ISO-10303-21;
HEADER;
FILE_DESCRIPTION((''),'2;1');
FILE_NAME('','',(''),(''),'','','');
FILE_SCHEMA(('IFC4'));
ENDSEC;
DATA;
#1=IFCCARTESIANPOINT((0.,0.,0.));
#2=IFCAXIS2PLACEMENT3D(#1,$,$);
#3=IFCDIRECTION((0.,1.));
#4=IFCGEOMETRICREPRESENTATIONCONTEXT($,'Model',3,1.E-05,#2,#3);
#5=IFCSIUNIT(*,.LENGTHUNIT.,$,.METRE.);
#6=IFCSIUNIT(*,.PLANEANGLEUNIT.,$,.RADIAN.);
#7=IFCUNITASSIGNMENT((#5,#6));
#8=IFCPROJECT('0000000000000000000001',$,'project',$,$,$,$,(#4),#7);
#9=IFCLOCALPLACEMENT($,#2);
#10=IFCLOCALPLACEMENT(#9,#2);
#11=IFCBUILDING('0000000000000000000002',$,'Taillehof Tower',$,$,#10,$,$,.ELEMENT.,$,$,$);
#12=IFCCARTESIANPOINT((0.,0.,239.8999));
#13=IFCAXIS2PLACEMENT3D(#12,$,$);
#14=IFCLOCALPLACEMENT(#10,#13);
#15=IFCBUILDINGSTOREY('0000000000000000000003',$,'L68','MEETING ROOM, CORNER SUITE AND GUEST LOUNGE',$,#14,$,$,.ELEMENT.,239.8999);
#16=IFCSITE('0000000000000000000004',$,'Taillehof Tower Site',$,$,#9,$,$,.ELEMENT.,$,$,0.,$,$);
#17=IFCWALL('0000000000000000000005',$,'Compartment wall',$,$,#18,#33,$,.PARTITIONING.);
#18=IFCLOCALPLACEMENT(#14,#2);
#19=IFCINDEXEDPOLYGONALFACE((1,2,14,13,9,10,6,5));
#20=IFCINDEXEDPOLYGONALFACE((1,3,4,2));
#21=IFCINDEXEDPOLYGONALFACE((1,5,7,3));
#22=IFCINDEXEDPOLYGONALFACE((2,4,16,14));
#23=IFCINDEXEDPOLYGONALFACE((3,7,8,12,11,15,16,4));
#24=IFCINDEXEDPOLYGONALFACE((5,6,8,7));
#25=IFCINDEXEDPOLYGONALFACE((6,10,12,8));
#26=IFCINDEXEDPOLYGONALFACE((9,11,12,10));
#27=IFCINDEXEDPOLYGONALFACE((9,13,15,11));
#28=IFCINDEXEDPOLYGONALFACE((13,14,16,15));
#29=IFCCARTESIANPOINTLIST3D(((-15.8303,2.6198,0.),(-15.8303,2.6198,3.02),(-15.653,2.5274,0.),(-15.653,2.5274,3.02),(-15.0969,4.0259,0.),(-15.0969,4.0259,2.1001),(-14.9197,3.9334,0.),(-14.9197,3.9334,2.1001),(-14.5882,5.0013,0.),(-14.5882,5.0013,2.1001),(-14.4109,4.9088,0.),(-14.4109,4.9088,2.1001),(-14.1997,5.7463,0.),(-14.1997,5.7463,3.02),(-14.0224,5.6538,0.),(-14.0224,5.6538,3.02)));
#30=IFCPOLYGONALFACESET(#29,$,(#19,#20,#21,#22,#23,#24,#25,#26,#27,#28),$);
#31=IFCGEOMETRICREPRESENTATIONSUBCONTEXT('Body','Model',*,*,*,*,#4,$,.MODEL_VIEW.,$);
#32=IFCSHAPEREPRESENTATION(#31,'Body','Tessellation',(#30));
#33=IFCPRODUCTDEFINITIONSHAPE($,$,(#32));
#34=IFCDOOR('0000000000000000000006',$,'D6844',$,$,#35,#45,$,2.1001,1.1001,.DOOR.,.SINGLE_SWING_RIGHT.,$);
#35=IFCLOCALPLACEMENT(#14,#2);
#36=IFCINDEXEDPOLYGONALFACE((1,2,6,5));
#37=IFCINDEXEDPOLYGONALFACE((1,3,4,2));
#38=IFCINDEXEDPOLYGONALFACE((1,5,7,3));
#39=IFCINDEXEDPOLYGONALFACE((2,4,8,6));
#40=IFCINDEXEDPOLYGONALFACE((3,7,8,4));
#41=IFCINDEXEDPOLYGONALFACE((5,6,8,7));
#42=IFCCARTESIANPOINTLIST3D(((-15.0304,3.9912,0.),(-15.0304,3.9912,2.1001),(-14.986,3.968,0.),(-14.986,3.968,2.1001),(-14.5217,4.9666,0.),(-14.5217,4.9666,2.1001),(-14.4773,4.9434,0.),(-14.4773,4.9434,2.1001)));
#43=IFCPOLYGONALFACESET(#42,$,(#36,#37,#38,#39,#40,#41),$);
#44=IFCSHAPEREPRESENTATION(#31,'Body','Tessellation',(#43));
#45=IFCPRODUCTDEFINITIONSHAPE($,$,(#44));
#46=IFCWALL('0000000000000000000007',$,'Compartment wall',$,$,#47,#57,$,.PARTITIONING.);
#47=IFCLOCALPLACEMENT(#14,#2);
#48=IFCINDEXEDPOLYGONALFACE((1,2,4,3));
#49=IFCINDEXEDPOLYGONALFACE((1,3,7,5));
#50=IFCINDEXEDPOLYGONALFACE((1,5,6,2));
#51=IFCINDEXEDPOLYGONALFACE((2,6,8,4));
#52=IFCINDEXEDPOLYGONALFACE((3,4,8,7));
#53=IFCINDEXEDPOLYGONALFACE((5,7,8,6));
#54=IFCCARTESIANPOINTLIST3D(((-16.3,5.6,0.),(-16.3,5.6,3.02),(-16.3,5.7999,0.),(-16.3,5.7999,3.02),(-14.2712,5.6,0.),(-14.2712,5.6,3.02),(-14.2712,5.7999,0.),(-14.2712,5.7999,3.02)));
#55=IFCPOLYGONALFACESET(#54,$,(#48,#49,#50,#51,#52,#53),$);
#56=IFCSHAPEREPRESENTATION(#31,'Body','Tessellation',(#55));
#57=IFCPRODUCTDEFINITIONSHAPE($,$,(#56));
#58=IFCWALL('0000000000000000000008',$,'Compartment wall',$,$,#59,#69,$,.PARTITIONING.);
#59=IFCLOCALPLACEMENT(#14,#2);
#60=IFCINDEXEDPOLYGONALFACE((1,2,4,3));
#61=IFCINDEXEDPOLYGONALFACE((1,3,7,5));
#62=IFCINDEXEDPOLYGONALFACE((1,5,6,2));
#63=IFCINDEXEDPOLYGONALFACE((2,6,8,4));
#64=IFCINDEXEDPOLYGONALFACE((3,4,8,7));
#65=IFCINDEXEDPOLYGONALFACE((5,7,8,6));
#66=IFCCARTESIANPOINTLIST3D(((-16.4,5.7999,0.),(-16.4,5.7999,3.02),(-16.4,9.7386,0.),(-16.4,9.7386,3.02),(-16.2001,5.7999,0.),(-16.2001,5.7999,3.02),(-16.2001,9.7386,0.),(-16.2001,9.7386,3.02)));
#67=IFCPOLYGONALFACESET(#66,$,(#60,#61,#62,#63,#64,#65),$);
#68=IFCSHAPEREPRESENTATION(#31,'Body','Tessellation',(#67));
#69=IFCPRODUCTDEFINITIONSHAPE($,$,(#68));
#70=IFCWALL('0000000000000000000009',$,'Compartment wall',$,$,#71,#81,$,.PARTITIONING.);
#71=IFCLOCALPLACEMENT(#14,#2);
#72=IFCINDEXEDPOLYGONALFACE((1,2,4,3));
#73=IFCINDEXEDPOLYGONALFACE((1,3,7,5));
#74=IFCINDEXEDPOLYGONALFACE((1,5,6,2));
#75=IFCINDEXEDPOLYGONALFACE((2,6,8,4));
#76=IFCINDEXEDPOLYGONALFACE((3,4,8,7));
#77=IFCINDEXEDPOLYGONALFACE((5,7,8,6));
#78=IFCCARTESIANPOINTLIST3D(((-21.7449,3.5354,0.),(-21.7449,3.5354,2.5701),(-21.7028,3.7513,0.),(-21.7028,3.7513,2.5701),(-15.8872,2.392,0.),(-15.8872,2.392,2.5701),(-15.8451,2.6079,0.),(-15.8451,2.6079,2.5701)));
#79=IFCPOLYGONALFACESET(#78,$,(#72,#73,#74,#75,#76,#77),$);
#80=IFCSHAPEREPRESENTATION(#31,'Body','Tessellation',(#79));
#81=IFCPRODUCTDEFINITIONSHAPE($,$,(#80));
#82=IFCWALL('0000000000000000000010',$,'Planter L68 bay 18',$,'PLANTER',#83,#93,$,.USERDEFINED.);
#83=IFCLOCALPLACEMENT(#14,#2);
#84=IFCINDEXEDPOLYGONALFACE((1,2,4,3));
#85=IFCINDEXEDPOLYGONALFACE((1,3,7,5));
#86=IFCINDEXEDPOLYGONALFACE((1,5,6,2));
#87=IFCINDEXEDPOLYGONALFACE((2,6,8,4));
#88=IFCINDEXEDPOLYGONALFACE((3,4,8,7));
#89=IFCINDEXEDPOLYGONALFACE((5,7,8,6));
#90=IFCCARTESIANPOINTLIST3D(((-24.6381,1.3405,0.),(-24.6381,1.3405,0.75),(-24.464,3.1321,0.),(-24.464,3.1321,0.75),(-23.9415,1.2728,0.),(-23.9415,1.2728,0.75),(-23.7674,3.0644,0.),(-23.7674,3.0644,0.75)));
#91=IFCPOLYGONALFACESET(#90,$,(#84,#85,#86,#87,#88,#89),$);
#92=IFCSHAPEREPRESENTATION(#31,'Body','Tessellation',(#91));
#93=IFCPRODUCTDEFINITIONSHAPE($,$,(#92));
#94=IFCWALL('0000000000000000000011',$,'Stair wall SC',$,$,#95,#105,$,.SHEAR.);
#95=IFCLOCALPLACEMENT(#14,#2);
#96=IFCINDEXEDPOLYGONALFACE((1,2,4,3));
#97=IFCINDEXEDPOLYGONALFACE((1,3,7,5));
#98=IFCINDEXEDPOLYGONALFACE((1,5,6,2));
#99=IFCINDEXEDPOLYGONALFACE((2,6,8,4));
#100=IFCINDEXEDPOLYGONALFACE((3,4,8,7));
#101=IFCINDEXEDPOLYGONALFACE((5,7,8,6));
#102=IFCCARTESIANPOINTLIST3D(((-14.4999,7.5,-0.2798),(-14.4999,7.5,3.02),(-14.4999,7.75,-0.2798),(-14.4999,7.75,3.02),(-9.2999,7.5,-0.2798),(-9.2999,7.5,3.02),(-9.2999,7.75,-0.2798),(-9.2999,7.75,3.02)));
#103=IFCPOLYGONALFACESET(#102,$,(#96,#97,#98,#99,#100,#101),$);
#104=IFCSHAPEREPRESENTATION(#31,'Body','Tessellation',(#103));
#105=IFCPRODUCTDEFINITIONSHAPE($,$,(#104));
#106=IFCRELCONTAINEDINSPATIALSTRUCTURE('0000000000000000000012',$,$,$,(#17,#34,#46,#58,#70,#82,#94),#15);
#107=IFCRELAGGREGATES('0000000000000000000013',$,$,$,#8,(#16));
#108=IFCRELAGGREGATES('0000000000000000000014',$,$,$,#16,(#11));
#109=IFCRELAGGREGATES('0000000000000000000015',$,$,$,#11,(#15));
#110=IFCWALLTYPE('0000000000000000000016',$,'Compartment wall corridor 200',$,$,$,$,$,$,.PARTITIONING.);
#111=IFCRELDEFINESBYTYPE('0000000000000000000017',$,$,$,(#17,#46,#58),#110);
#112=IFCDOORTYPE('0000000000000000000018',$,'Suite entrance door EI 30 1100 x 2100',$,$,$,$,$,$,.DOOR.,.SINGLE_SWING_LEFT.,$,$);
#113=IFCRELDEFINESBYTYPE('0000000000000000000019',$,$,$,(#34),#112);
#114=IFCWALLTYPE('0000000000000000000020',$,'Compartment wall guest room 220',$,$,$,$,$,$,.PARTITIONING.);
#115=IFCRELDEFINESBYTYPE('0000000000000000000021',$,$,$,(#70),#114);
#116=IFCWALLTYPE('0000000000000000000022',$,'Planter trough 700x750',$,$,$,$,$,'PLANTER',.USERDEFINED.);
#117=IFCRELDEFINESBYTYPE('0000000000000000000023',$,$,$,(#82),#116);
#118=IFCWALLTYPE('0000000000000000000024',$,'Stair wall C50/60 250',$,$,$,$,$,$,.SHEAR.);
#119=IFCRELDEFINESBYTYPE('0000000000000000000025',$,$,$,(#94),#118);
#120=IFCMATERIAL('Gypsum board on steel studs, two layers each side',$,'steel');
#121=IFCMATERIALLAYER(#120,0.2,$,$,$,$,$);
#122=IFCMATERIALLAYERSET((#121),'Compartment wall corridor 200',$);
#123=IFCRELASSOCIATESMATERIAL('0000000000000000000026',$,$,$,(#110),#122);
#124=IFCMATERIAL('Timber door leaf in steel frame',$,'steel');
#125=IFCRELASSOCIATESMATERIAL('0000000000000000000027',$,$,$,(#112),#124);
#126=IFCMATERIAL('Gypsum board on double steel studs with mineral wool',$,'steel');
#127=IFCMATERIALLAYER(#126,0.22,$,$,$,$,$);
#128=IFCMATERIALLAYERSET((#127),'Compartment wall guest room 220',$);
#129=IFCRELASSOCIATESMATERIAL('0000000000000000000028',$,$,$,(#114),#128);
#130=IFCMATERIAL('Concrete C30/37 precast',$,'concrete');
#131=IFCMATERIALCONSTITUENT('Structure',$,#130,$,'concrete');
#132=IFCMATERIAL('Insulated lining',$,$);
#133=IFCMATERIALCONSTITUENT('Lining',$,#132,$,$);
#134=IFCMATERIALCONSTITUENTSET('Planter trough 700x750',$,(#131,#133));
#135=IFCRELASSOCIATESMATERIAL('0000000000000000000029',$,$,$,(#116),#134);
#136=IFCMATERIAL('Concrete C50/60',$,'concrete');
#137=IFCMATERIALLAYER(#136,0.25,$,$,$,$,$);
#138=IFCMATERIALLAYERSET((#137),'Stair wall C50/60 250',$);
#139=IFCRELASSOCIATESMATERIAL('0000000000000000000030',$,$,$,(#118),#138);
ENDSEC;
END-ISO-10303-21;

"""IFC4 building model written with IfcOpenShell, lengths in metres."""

from ifc_helpers import new_model, si_unit, direction, frame, frame_2d, origin, place, context, subcontext, project, spatial, rectangle, extrude, material, layer, layer_set, constituent, constituent_set, type_object, element, fill, save


model = new_model("IFC4")

# Units and contexts
model_context = context("Model", 3, precision=1e-05, world=origin(), true_north=direction((0.0, 1.0)))
body_context = subcontext(model_context, "Body", "Model", "MODEL_VIEW")
ifc_project = project(units=[si_unit("LENGTHUNIT", "METRE"), si_unit("PLANEANGLEUNIT", "RADIAN")], contexts=[model_context])

# Site, building, storey
site_placement = place(None, origin())
site = spatial("IfcSite", under=ifc_project, at=site_placement, Name="Taillehof Tower Site", CompositionType="ELEMENT", RefElevation=0.0)
building_placement = place(site_placement, origin())
building = spatial("IfcBuilding", under=site, at=building_placement, Name="Taillehof Tower", CompositionType="ELEMENT")
storey_placement = place(building_placement, frame((0.0, 0.0, 239.8999)))
storey = spatial("IfcBuildingStorey", under=building, at=storey_placement, Name="L68", Description="MEETING ROOM, CORNER SUITE AND GUEST LOUNGE", CompositionType="ELEMENT", Elevation=239.8999)

# Wall, opening, door
ifc_material_1 = material(Name="Gypsum board on steel studs, two layers each side", Category="steel")
ifc_layer_1 = layer(ifc_material_1, 0.2)
ifc_layer_set_1 = layer_set([ifc_layer_1], Name="Compartment wall corridor 200")
wall_type_1 = type_object("IfcWallType", Name="Compartment wall corridor 200", PredefinedType="PARTITIONING", material=ifc_layer_set_1)
wall_1_placement = place(storey_placement, frame((-15.7417, 2.5735, 0.0), z_axis=(0.0, 0.0, 1.0), x_axis=(0.462436, 0.886653, 0.0)))
wall_1 = element("IfcWall", 1, at=wall_1_placement, inside=storey, type_object=wall_type_1, Name="Compartment wall", PredefinedType="PARTITIONING", context=body_context, shape_type="SweptSolid", body=[
    extrude(rectangle(XDim=3.5261, YDim=0.2, at=frame_2d((1.7632, 0.0))), origin(), (0.0, 0.0, 1.0), 3.02),
])
opening_1_placement = place(wall_1_placement, frame((1.5859, 0.0, 0.0)))
opening_1 = element("IfcOpeningElement", 2, at=opening_1_placement, cuts=wall_1, PredefinedType="OPENING", context=body_context, shape_type="SweptSolid", body=[
    extrude(rectangle(XDim=1.1001, YDim=2.1001, at=frame_2d((0.55, 1.05))), frame((0.0, 0.1099, 0.0), z_axis=(0.0, -1.0, 0.0), x_axis=(1.0, 0.0, 0.0)), (0.0, 0.0, 1.0), 0.22),
])
ifc_material_2 = material(Name="Timber door leaf in steel frame", Category="steel")
door_type_1 = type_object("IfcDoorType", Name="Suite entrance door EI 30 1100 x 2100", OperationType="SINGLE_SWING_LEFT", PredefinedType="DOOR", material=ifc_material_2)
door_1_placement = place(opening_1_placement, origin())
door_1 = element("IfcDoor", 3, at=door_1_placement, inside=storey, type_object=door_type_1, Name="D6844", OperationType="SINGLE_SWING_RIGHT", OverallHeight=2.1001, OverallWidth=1.1001, PredefinedType="DOOR", context=body_context, shape_type="SweptSolid", body=[
    extrude(rectangle(XDim=1.1001, YDim=2.1001, at=frame_2d((0.55, 1.05))), frame((0.0, 0.0249, 0.0), z_axis=(0.0, -1.0, 0.0), x_axis=(1.0, 0.0, 0.0)), (0.0, 0.0, 1.0), 0.05),
])
fill(opening_1, door_1)

# Walls
wall_2_placement = place(storey_placement, frame((-14.2712, 5.7, 0.0), z_axis=(0.0, 0.0, 1.0), x_axis=(-1.0, 0.0, 0.0)))
element("IfcWall", 4, at=wall_2_placement, inside=storey, type_object=wall_type_1, Name="Compartment wall", PredefinedType="PARTITIONING", context=body_context, shape_type="SweptSolid", body=[
    extrude(rectangle(XDim=2.0288, YDim=0.2, at=frame_2d((1.0144, 0.0))), origin(), (0.0, 0.0, 1.0), 3.02),
])
wall_3_placement = place(storey_placement, frame((-16.3, 5.8, 0.0), z_axis=(0.0, 0.0, 1.0), x_axis=(0.0, 1.0, 0.0)))
element("IfcWall", 5, at=wall_3_placement, inside=storey, type_object=wall_type_1, Name="Compartment wall", PredefinedType="PARTITIONING", context=body_context, shape_type="SweptSolid", body=[
    extrude(rectangle(XDim=3.9387, YDim=0.2, at=frame_2d((1.9692, 0.0))), origin(), (0.0, 0.0, 1.0), 3.02),
])
ifc_material_3 = material(Name="Gypsum board on double steel studs with mineral wool", Category="steel")
ifc_layer_2 = layer(ifc_material_3, 0.22)
ifc_layer_set_2 = layer_set([ifc_layer_2], Name="Compartment wall guest room 220")
wall_type_2 = type_object("IfcWallType", Name="Compartment wall guest room 220", PredefinedType="PARTITIONING", material=ifc_layer_set_2)
wall_4_placement = place(storey_placement, frame((-21.7239, 3.6433, 0.0), z_axis=(0.0, 0.0, 1.0), x_axis=(0.98148, -0.191567, 0.0)))
element("IfcWall", 6, at=wall_4_placement, inside=storey, type_object=wall_type_2, Name="Compartment wall", PredefinedType="PARTITIONING", context=body_context, shape_type="SweptSolid", body=[
    extrude(rectangle(XDim=5.9683, YDim=0.22, at=frame_2d((2.9841, 0.0))), origin(), (0.0, 0.0, 1.0), 2.5701),
])
ifc_material_4 = material(Name="Concrete C30/37 precast", Category="concrete")
ifc_constituent_1 = constituent(ifc_material_4, Name="Structure", Category="concrete")
ifc_material_5 = material(Name="Insulated lining")
ifc_constituent_2 = constituent(ifc_material_5, Name="Lining")
ifc_constituent_set = constituent_set(constituents=[ifc_constituent_1, ifc_constituent_2], Name="Planter trough 700x750")
wall_type_3 = type_object("IfcWallType", Name="Planter trough 700x750", ElementType="PLANTER", PredefinedType="USERDEFINED", material=ifc_constituent_set)
wall_5_placement = place(storey_placement, frame((-24.1157, 3.0981, 0.0), z_axis=(0.0, 0.0, 1.0), x_axis=(-0.09671, -0.995313, 0.0)))
element("IfcWall", 7, at=wall_5_placement, inside=storey, type_object=wall_type_3, Name="Planter L68 bay 18", ObjectType="PLANTER", PredefinedType="USERDEFINED", context=body_context, shape_type="SweptSolid", body=[
    extrude(rectangle(XDim=1.8, YDim=0.7, at=frame_2d((0.8999, 0.0))), origin(), (0.0, 0.0, 1.0), 0.75),
])
ifc_material_6 = material(Name="Concrete C50/60", Category="concrete")
ifc_layer_3 = layer(ifc_material_6, 0.25)
ifc_layer_set_3 = layer_set([ifc_layer_3], Name="Stair wall C50/60 250")
wall_type_4 = type_object("IfcWallType", Name="Stair wall C50/60 250", PredefinedType="SHEAR", material=ifc_layer_set_3)
wall_6_placement = place(storey_placement, frame((-14.5, 7.625, -0.2798), z_axis=(0.0, 0.0, 1.0), x_axis=(1.0, 0.0, 0.0)))
element("IfcWall", 8, at=wall_6_placement, inside=storey, type_object=wall_type_4, Name="Stair wall SC", PredefinedType="SHEAR", context=body_context, shape_type="SweptSolid", body=[
    extrude(rectangle(XDim=5.2, YDim=0.25, at=frame_2d((2.6001, 0.0))), origin(), (0.0, 0.0, 1.0), 3.2998),
])

save(model, "model.ifc")
